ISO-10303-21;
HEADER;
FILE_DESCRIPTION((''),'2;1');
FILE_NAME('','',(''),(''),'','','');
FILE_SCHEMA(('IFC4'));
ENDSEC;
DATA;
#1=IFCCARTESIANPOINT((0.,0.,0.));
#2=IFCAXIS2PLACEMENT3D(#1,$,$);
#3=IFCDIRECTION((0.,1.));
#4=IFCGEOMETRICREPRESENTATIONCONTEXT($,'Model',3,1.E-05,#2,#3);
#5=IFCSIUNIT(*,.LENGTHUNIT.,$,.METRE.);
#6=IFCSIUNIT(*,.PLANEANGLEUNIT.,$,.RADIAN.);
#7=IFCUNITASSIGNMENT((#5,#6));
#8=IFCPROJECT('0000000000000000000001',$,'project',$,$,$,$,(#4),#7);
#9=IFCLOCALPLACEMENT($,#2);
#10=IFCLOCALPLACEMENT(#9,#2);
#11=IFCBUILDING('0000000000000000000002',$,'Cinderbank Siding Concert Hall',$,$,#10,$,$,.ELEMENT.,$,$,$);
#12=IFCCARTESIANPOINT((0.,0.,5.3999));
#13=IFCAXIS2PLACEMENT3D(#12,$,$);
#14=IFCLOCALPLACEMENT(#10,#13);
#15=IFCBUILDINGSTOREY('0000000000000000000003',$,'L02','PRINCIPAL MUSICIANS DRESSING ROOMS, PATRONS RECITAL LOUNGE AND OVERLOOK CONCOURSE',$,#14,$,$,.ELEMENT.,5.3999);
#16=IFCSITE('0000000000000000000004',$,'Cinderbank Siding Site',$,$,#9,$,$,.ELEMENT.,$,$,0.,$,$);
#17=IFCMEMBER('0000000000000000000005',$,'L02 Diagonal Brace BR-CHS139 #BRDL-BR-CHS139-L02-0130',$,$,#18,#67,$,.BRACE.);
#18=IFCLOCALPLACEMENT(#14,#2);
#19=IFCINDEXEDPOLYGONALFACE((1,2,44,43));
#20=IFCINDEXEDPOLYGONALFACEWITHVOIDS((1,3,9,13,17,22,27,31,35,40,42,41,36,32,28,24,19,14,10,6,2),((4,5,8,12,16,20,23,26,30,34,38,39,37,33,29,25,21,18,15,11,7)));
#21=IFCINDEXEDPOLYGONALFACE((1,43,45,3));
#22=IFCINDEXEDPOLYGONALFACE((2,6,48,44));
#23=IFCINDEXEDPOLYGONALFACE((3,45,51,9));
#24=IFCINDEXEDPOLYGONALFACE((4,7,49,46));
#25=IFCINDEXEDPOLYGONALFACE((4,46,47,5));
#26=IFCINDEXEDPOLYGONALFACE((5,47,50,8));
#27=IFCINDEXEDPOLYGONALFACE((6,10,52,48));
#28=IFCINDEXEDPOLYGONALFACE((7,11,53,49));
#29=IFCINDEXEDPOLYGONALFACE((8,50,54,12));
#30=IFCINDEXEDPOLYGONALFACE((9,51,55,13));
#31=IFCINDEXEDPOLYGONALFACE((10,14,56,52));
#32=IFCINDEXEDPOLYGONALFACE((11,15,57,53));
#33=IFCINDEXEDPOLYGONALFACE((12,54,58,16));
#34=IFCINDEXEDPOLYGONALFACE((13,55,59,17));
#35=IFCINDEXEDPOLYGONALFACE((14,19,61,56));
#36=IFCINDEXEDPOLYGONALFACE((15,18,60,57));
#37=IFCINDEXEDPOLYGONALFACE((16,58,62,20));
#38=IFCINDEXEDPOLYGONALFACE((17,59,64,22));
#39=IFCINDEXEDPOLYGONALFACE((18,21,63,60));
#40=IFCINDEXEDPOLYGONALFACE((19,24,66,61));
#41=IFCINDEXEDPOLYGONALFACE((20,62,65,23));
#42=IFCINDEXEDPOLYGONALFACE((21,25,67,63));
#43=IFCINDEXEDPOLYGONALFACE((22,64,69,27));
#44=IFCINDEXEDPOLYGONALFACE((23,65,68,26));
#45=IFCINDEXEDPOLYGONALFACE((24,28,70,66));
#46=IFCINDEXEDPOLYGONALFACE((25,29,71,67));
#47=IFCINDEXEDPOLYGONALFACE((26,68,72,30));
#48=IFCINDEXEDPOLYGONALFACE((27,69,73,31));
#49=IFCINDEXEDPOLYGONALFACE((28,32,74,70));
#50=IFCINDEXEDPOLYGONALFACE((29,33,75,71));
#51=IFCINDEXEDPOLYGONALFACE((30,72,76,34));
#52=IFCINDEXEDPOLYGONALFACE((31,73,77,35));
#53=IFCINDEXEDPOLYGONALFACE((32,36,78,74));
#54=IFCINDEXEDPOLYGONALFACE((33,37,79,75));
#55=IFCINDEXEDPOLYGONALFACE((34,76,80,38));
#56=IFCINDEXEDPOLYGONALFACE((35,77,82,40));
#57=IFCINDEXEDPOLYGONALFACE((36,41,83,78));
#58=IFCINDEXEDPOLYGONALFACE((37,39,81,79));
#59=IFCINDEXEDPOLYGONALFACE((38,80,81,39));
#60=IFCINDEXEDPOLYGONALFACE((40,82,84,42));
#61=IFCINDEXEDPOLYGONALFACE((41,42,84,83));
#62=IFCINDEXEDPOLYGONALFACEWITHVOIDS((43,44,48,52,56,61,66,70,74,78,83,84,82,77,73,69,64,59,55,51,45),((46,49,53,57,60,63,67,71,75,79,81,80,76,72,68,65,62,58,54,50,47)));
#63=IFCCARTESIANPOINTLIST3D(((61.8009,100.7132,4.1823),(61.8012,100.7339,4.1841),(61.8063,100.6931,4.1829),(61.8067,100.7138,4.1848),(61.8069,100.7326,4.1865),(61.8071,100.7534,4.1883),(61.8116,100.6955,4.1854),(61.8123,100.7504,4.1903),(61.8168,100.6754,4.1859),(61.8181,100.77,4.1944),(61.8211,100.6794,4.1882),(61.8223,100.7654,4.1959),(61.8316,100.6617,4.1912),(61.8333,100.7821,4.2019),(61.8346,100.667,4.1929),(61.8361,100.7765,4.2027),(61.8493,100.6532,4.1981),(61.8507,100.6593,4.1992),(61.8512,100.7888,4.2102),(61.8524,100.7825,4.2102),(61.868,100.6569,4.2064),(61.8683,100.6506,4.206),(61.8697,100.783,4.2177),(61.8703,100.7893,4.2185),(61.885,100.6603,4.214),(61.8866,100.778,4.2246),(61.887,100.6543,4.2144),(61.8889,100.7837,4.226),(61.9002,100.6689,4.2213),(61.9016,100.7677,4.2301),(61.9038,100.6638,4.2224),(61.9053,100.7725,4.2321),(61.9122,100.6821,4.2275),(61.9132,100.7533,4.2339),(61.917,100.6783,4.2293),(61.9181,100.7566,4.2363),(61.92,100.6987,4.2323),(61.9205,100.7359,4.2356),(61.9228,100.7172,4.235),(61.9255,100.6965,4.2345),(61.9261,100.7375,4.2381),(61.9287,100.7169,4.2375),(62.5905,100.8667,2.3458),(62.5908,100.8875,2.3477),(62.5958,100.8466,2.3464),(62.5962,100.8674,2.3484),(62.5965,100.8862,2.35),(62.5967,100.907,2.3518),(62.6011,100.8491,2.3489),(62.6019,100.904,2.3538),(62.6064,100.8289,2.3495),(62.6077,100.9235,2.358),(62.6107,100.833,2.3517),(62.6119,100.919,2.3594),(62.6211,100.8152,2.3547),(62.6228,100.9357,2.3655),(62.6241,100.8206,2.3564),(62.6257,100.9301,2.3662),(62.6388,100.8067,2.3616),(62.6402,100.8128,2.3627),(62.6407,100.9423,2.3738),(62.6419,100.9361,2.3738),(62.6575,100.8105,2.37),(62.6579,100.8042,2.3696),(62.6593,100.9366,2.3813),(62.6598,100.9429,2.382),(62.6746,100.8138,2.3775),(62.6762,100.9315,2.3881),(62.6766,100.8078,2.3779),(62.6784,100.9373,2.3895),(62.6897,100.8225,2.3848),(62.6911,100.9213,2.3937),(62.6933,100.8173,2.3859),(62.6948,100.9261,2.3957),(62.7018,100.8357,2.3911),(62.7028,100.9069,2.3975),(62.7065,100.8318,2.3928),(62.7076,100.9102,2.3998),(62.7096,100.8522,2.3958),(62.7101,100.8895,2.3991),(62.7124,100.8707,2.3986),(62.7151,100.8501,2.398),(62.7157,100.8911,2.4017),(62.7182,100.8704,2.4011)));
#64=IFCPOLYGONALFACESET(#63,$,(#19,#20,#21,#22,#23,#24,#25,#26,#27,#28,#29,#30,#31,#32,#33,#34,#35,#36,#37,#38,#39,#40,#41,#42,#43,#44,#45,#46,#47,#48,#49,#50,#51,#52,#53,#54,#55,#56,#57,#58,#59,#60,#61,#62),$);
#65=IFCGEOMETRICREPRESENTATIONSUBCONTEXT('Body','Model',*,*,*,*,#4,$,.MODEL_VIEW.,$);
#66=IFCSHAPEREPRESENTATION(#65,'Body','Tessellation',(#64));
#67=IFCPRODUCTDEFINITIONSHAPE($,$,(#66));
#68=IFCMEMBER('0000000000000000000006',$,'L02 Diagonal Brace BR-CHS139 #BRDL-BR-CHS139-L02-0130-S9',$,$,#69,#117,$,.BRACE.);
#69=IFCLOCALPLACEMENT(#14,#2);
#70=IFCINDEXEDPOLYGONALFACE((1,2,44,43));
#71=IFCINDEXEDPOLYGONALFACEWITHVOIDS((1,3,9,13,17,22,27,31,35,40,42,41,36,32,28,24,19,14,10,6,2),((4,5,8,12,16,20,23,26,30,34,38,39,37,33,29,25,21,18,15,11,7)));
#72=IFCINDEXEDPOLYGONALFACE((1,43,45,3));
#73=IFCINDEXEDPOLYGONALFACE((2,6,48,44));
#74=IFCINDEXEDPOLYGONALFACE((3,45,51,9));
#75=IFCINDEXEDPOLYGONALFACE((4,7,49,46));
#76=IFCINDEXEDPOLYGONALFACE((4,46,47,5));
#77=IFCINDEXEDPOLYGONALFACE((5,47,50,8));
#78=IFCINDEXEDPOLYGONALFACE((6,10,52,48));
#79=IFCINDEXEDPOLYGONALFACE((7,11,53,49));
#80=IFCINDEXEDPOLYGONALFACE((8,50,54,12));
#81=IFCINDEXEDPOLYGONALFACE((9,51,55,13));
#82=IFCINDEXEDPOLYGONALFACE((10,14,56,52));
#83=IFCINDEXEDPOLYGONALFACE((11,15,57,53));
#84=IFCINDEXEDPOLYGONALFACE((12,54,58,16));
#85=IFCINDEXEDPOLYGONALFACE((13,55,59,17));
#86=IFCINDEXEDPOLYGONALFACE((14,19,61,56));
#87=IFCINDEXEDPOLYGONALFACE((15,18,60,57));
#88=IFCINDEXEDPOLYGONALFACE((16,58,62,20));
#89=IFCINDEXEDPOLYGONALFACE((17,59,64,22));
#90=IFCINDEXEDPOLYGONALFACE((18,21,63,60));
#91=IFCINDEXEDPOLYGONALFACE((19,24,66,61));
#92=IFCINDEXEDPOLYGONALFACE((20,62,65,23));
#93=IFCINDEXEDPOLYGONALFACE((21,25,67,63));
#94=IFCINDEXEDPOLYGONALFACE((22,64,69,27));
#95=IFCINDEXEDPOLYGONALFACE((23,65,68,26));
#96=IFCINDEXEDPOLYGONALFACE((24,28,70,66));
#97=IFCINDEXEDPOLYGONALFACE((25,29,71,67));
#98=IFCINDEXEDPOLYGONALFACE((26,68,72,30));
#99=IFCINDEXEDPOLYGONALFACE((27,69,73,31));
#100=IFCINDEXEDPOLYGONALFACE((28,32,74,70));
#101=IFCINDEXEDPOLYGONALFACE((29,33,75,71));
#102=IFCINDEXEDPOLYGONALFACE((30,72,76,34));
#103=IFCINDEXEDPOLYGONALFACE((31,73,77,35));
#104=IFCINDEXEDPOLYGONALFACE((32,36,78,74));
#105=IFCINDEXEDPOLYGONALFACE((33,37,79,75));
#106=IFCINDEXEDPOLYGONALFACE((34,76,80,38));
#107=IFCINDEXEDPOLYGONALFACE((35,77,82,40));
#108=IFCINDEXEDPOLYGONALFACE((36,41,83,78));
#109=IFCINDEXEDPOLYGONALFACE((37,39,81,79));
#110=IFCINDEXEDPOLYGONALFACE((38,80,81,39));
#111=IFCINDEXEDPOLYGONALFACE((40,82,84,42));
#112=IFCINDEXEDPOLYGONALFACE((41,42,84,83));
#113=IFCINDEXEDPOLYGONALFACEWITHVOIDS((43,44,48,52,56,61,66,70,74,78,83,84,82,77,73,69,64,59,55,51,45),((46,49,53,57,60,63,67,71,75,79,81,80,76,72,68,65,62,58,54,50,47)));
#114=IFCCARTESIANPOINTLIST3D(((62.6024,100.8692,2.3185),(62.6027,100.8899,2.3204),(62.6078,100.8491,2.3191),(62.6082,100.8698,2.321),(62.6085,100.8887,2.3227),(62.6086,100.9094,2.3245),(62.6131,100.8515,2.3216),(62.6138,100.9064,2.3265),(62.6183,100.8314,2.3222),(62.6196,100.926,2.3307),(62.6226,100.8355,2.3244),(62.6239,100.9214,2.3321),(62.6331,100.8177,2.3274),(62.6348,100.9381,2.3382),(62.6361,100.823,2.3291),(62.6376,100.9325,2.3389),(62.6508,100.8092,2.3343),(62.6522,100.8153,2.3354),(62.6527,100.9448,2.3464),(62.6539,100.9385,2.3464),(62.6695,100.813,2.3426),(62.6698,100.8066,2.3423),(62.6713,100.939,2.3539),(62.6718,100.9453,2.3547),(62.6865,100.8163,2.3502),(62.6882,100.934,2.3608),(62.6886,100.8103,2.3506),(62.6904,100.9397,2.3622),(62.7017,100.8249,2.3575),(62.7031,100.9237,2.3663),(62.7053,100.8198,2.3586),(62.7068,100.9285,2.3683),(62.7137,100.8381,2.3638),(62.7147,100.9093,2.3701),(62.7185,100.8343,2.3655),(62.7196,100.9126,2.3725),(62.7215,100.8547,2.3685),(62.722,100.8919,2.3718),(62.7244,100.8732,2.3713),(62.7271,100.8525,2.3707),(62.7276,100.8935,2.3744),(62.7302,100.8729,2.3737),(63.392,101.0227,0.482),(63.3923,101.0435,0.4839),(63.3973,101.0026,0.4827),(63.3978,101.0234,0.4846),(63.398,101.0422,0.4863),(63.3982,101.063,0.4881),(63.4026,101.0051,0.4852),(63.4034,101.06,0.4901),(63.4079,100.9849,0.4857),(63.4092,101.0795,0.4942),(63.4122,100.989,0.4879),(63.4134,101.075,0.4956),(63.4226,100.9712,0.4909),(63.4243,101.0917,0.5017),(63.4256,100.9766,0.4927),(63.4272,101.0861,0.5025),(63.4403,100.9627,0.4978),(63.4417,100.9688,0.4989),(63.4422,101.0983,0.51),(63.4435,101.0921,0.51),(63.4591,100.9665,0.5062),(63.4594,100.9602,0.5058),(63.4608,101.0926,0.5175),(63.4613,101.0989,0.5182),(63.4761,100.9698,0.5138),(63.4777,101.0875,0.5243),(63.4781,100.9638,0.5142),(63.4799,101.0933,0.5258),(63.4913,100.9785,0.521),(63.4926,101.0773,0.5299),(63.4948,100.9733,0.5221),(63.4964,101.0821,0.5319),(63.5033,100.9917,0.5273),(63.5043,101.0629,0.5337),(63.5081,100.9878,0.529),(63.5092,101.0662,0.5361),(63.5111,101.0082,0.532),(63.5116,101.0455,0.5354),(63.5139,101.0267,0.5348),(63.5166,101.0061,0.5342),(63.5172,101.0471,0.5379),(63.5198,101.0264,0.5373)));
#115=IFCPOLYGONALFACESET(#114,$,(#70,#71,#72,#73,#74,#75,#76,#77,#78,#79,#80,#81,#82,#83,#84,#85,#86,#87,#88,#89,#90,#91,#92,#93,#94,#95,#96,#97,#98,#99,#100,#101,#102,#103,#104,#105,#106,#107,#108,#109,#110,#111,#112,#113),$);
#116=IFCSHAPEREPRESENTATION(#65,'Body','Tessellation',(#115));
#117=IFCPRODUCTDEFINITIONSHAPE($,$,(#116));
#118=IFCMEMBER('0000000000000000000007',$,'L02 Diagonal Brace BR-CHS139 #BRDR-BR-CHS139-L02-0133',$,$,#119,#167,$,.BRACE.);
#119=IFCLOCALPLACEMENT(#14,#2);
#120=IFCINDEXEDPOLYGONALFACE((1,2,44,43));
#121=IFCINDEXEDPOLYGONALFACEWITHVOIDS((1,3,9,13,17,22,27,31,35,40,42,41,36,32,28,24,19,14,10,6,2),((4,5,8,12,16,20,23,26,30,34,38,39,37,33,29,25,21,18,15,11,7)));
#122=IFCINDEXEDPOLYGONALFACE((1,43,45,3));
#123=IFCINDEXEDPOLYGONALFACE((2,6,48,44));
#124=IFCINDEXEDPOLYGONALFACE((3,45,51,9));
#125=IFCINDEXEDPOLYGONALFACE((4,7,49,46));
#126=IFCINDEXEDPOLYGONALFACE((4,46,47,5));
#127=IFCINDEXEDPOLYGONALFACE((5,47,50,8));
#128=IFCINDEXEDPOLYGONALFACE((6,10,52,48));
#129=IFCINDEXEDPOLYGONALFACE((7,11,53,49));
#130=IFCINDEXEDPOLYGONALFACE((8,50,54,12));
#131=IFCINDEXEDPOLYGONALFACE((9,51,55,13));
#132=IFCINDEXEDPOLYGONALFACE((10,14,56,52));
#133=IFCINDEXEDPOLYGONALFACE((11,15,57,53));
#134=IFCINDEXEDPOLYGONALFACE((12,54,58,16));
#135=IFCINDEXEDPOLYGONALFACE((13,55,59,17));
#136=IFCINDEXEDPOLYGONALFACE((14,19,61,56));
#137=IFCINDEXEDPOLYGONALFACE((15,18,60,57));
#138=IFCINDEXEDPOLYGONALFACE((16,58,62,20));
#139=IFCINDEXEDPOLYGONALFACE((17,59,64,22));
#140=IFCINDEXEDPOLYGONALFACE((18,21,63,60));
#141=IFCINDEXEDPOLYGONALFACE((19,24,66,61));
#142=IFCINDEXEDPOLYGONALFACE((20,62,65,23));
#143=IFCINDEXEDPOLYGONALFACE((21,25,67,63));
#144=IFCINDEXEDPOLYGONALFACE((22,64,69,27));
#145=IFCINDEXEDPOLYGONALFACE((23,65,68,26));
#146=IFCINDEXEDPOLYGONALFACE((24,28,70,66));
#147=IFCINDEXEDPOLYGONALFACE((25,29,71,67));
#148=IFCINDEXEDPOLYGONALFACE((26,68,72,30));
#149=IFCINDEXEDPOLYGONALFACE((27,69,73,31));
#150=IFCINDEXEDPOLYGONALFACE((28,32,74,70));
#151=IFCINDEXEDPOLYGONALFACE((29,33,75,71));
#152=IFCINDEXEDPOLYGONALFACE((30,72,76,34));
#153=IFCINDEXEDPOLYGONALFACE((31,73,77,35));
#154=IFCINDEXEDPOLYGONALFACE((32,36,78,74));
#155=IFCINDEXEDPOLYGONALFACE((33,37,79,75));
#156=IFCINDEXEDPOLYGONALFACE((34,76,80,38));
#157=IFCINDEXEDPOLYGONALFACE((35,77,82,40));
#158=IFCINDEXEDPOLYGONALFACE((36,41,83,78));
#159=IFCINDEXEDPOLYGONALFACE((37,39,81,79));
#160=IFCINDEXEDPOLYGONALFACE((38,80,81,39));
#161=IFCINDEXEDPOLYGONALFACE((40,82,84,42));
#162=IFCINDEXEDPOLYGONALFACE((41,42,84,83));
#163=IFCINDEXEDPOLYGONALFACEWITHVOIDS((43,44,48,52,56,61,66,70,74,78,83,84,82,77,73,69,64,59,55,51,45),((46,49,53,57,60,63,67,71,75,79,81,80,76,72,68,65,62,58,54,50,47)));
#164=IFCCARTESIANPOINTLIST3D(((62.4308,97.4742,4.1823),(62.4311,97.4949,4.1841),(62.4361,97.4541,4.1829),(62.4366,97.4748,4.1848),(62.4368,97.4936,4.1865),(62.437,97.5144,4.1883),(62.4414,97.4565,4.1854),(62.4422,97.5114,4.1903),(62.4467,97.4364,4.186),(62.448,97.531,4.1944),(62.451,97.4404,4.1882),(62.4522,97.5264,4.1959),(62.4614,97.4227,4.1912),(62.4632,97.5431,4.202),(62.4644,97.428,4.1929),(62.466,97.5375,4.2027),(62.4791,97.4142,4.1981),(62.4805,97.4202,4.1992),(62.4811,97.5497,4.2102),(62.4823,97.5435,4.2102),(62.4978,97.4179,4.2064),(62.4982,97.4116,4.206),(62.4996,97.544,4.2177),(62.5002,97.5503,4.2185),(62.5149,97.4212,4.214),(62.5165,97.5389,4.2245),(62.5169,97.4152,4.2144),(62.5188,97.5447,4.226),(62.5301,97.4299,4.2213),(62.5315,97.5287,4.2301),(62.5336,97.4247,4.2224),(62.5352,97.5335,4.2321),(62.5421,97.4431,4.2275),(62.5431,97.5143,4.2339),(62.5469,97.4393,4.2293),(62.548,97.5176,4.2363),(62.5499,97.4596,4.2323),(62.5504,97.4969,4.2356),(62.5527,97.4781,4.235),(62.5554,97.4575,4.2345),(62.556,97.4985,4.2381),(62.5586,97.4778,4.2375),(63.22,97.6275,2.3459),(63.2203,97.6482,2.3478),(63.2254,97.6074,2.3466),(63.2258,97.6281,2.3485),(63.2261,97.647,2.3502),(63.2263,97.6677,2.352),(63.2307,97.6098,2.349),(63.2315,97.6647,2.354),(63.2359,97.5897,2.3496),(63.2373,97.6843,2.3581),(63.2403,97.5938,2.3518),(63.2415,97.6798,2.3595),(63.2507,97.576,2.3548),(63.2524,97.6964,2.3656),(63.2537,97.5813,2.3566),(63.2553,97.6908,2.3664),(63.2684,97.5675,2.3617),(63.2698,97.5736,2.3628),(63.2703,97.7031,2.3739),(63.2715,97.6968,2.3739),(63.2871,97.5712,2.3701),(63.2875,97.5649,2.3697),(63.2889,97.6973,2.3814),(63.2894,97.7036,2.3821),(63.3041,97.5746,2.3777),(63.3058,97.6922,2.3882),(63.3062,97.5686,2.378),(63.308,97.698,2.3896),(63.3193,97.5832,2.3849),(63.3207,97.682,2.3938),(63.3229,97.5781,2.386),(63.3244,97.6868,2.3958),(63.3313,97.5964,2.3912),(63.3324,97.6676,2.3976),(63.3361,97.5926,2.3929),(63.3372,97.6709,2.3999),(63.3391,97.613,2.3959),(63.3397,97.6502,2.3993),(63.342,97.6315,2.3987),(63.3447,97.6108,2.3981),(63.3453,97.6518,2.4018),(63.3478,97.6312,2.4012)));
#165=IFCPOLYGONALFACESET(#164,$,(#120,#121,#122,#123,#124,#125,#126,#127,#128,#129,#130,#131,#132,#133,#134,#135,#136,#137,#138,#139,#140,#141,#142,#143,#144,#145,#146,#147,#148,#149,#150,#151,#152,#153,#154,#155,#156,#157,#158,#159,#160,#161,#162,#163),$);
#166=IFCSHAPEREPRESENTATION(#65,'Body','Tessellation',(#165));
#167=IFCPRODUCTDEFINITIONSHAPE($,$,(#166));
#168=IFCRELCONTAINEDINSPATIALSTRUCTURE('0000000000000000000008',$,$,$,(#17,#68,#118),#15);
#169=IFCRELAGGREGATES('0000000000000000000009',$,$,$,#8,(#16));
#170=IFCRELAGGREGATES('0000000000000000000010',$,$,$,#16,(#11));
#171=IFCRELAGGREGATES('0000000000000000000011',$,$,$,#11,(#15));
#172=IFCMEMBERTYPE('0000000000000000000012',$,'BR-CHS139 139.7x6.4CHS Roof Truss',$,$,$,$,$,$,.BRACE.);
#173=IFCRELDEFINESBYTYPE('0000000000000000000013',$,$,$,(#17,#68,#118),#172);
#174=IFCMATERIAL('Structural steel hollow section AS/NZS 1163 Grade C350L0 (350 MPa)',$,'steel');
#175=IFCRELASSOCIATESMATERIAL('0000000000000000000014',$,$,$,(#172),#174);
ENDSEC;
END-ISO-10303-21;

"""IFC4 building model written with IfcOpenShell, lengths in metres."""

from ifc_helpers import new_model, si_unit, direction, frame, origin, origin_2d, place, context, subcontext, project, spatial, hollow_circle, extrude, material, material_profile, profile_set, type_object, element, save


model = new_model("IFC4")

# Units and contexts
model_context = context("Model", 3, precision=1e-05, world=origin(), true_north=direction((0.0, 1.0)))
body_context = subcontext(model_context, "Body", "Model", "MODEL_VIEW")
ifc_project = project(units=[si_unit("LENGTHUNIT", "METRE"), si_unit("PLANEANGLEUNIT", "RADIAN")], contexts=[model_context])

# Site, building, storey
site_placement = place(None, origin())
site = spatial("IfcSite", under=ifc_project, at=site_placement, Name="Cinderbank Siding Site", CompositionType="ELEMENT", RefElevation=0.0)
building_placement = place(site_placement, origin())
building = spatial("IfcBuilding", under=site, at=building_placement, Name="Cinderbank Siding Concert Hall", CompositionType="ELEMENT")
storey_placement = place(building_placement, frame((0.0, 0.0, 5.3999)))
storey = spatial("IfcBuildingStorey", under=building, at=storey_placement, Name="L02", Description="PRINCIPAL MUSICIANS DRESSING ROOMS, PATRONS RECITAL LOUNGE AND OVERLOOK CONCOURSE", CompositionType="ELEMENT", Elevation=5.3999)

# Members
ifc_material_1 = material(Name="Structural steel hollow section AS/NZS 1163 Grade C350L0 (350 MPa)", Category="steel")
ifc_material_profile_1 = material_profile(ifc_material_1, hollow_circle(Radius=0.0698, WallThickness=0.0063, at=origin_2d()), Name="139.7x6.4CHS", Category="LoadBearing")
ifc_profile_set_1 = profile_set([ifc_material_profile_1], Name="Structural steel hollow section AS/NZS 1163 Grade C350L0 (350 MPa)")
member_type_1 = type_object("IfcMemberType", Name="BR-CHS139 139.7x6.4CHS Roof Truss", PredefinedType="BRACE", material=ifc_profile_set_1)
for number, where, z_axis, x_axis, name in (
    (1, (61.8645, 100.7202, 4.2102), (0.39382, 0.076596, -0.915991), (-0.190918, 0.981606, 0.0), "L02 Diagonal Brace BR-CHS139 #BRDL-BR-CHS139-L02-0130"),
    (2, (62.666, 100.8762, 2.3464), (0.39382, 0.076596, -0.915991), (-0.190918, 0.981606, 0.0), "L02 Diagonal Brace BR-CHS139 #BRDL-BR-CHS139-L02-0130-S9"),
):
    element("IfcMember", number, at=place(storey_placement, frame(where, z_axis=z_axis, x_axis=x_axis)), inside=storey, type_object=member_type_1, Name=name, PredefinedType="BRACE", context=body_context, shape_type="SweptSolid", body=[
        extrude(hollow_circle(Radius=0.0698, WallThickness=0.0063, at=origin_2d()), origin(), (0.0, 0.0, 1.0), 2.0049),
    ])
for number, where, z_axis, x_axis, name in (
    (3, (62.4944, 97.4812, 4.2102), (0.393721, 0.076479, -0.916043), (-0.190683, 0.981652, 0.0), "L02 Diagonal Brace BR-CHS139 #BRDR-BR-CHS139-L02-0133"),
):
    element("IfcMember", number, at=place(storey_placement, frame(where, z_axis=z_axis, x_axis=x_axis)), inside=storey, type_object=member_type_1, Name=name, PredefinedType="BRACE", context=body_context, shape_type="SweptSolid", body=[
        extrude(hollow_circle(Radius=0.0698, WallThickness=0.0063, at=origin_2d()), origin(), (0.0, 0.0, 1.0), 2.0046),
    ])

save(model, "model.ifc")
